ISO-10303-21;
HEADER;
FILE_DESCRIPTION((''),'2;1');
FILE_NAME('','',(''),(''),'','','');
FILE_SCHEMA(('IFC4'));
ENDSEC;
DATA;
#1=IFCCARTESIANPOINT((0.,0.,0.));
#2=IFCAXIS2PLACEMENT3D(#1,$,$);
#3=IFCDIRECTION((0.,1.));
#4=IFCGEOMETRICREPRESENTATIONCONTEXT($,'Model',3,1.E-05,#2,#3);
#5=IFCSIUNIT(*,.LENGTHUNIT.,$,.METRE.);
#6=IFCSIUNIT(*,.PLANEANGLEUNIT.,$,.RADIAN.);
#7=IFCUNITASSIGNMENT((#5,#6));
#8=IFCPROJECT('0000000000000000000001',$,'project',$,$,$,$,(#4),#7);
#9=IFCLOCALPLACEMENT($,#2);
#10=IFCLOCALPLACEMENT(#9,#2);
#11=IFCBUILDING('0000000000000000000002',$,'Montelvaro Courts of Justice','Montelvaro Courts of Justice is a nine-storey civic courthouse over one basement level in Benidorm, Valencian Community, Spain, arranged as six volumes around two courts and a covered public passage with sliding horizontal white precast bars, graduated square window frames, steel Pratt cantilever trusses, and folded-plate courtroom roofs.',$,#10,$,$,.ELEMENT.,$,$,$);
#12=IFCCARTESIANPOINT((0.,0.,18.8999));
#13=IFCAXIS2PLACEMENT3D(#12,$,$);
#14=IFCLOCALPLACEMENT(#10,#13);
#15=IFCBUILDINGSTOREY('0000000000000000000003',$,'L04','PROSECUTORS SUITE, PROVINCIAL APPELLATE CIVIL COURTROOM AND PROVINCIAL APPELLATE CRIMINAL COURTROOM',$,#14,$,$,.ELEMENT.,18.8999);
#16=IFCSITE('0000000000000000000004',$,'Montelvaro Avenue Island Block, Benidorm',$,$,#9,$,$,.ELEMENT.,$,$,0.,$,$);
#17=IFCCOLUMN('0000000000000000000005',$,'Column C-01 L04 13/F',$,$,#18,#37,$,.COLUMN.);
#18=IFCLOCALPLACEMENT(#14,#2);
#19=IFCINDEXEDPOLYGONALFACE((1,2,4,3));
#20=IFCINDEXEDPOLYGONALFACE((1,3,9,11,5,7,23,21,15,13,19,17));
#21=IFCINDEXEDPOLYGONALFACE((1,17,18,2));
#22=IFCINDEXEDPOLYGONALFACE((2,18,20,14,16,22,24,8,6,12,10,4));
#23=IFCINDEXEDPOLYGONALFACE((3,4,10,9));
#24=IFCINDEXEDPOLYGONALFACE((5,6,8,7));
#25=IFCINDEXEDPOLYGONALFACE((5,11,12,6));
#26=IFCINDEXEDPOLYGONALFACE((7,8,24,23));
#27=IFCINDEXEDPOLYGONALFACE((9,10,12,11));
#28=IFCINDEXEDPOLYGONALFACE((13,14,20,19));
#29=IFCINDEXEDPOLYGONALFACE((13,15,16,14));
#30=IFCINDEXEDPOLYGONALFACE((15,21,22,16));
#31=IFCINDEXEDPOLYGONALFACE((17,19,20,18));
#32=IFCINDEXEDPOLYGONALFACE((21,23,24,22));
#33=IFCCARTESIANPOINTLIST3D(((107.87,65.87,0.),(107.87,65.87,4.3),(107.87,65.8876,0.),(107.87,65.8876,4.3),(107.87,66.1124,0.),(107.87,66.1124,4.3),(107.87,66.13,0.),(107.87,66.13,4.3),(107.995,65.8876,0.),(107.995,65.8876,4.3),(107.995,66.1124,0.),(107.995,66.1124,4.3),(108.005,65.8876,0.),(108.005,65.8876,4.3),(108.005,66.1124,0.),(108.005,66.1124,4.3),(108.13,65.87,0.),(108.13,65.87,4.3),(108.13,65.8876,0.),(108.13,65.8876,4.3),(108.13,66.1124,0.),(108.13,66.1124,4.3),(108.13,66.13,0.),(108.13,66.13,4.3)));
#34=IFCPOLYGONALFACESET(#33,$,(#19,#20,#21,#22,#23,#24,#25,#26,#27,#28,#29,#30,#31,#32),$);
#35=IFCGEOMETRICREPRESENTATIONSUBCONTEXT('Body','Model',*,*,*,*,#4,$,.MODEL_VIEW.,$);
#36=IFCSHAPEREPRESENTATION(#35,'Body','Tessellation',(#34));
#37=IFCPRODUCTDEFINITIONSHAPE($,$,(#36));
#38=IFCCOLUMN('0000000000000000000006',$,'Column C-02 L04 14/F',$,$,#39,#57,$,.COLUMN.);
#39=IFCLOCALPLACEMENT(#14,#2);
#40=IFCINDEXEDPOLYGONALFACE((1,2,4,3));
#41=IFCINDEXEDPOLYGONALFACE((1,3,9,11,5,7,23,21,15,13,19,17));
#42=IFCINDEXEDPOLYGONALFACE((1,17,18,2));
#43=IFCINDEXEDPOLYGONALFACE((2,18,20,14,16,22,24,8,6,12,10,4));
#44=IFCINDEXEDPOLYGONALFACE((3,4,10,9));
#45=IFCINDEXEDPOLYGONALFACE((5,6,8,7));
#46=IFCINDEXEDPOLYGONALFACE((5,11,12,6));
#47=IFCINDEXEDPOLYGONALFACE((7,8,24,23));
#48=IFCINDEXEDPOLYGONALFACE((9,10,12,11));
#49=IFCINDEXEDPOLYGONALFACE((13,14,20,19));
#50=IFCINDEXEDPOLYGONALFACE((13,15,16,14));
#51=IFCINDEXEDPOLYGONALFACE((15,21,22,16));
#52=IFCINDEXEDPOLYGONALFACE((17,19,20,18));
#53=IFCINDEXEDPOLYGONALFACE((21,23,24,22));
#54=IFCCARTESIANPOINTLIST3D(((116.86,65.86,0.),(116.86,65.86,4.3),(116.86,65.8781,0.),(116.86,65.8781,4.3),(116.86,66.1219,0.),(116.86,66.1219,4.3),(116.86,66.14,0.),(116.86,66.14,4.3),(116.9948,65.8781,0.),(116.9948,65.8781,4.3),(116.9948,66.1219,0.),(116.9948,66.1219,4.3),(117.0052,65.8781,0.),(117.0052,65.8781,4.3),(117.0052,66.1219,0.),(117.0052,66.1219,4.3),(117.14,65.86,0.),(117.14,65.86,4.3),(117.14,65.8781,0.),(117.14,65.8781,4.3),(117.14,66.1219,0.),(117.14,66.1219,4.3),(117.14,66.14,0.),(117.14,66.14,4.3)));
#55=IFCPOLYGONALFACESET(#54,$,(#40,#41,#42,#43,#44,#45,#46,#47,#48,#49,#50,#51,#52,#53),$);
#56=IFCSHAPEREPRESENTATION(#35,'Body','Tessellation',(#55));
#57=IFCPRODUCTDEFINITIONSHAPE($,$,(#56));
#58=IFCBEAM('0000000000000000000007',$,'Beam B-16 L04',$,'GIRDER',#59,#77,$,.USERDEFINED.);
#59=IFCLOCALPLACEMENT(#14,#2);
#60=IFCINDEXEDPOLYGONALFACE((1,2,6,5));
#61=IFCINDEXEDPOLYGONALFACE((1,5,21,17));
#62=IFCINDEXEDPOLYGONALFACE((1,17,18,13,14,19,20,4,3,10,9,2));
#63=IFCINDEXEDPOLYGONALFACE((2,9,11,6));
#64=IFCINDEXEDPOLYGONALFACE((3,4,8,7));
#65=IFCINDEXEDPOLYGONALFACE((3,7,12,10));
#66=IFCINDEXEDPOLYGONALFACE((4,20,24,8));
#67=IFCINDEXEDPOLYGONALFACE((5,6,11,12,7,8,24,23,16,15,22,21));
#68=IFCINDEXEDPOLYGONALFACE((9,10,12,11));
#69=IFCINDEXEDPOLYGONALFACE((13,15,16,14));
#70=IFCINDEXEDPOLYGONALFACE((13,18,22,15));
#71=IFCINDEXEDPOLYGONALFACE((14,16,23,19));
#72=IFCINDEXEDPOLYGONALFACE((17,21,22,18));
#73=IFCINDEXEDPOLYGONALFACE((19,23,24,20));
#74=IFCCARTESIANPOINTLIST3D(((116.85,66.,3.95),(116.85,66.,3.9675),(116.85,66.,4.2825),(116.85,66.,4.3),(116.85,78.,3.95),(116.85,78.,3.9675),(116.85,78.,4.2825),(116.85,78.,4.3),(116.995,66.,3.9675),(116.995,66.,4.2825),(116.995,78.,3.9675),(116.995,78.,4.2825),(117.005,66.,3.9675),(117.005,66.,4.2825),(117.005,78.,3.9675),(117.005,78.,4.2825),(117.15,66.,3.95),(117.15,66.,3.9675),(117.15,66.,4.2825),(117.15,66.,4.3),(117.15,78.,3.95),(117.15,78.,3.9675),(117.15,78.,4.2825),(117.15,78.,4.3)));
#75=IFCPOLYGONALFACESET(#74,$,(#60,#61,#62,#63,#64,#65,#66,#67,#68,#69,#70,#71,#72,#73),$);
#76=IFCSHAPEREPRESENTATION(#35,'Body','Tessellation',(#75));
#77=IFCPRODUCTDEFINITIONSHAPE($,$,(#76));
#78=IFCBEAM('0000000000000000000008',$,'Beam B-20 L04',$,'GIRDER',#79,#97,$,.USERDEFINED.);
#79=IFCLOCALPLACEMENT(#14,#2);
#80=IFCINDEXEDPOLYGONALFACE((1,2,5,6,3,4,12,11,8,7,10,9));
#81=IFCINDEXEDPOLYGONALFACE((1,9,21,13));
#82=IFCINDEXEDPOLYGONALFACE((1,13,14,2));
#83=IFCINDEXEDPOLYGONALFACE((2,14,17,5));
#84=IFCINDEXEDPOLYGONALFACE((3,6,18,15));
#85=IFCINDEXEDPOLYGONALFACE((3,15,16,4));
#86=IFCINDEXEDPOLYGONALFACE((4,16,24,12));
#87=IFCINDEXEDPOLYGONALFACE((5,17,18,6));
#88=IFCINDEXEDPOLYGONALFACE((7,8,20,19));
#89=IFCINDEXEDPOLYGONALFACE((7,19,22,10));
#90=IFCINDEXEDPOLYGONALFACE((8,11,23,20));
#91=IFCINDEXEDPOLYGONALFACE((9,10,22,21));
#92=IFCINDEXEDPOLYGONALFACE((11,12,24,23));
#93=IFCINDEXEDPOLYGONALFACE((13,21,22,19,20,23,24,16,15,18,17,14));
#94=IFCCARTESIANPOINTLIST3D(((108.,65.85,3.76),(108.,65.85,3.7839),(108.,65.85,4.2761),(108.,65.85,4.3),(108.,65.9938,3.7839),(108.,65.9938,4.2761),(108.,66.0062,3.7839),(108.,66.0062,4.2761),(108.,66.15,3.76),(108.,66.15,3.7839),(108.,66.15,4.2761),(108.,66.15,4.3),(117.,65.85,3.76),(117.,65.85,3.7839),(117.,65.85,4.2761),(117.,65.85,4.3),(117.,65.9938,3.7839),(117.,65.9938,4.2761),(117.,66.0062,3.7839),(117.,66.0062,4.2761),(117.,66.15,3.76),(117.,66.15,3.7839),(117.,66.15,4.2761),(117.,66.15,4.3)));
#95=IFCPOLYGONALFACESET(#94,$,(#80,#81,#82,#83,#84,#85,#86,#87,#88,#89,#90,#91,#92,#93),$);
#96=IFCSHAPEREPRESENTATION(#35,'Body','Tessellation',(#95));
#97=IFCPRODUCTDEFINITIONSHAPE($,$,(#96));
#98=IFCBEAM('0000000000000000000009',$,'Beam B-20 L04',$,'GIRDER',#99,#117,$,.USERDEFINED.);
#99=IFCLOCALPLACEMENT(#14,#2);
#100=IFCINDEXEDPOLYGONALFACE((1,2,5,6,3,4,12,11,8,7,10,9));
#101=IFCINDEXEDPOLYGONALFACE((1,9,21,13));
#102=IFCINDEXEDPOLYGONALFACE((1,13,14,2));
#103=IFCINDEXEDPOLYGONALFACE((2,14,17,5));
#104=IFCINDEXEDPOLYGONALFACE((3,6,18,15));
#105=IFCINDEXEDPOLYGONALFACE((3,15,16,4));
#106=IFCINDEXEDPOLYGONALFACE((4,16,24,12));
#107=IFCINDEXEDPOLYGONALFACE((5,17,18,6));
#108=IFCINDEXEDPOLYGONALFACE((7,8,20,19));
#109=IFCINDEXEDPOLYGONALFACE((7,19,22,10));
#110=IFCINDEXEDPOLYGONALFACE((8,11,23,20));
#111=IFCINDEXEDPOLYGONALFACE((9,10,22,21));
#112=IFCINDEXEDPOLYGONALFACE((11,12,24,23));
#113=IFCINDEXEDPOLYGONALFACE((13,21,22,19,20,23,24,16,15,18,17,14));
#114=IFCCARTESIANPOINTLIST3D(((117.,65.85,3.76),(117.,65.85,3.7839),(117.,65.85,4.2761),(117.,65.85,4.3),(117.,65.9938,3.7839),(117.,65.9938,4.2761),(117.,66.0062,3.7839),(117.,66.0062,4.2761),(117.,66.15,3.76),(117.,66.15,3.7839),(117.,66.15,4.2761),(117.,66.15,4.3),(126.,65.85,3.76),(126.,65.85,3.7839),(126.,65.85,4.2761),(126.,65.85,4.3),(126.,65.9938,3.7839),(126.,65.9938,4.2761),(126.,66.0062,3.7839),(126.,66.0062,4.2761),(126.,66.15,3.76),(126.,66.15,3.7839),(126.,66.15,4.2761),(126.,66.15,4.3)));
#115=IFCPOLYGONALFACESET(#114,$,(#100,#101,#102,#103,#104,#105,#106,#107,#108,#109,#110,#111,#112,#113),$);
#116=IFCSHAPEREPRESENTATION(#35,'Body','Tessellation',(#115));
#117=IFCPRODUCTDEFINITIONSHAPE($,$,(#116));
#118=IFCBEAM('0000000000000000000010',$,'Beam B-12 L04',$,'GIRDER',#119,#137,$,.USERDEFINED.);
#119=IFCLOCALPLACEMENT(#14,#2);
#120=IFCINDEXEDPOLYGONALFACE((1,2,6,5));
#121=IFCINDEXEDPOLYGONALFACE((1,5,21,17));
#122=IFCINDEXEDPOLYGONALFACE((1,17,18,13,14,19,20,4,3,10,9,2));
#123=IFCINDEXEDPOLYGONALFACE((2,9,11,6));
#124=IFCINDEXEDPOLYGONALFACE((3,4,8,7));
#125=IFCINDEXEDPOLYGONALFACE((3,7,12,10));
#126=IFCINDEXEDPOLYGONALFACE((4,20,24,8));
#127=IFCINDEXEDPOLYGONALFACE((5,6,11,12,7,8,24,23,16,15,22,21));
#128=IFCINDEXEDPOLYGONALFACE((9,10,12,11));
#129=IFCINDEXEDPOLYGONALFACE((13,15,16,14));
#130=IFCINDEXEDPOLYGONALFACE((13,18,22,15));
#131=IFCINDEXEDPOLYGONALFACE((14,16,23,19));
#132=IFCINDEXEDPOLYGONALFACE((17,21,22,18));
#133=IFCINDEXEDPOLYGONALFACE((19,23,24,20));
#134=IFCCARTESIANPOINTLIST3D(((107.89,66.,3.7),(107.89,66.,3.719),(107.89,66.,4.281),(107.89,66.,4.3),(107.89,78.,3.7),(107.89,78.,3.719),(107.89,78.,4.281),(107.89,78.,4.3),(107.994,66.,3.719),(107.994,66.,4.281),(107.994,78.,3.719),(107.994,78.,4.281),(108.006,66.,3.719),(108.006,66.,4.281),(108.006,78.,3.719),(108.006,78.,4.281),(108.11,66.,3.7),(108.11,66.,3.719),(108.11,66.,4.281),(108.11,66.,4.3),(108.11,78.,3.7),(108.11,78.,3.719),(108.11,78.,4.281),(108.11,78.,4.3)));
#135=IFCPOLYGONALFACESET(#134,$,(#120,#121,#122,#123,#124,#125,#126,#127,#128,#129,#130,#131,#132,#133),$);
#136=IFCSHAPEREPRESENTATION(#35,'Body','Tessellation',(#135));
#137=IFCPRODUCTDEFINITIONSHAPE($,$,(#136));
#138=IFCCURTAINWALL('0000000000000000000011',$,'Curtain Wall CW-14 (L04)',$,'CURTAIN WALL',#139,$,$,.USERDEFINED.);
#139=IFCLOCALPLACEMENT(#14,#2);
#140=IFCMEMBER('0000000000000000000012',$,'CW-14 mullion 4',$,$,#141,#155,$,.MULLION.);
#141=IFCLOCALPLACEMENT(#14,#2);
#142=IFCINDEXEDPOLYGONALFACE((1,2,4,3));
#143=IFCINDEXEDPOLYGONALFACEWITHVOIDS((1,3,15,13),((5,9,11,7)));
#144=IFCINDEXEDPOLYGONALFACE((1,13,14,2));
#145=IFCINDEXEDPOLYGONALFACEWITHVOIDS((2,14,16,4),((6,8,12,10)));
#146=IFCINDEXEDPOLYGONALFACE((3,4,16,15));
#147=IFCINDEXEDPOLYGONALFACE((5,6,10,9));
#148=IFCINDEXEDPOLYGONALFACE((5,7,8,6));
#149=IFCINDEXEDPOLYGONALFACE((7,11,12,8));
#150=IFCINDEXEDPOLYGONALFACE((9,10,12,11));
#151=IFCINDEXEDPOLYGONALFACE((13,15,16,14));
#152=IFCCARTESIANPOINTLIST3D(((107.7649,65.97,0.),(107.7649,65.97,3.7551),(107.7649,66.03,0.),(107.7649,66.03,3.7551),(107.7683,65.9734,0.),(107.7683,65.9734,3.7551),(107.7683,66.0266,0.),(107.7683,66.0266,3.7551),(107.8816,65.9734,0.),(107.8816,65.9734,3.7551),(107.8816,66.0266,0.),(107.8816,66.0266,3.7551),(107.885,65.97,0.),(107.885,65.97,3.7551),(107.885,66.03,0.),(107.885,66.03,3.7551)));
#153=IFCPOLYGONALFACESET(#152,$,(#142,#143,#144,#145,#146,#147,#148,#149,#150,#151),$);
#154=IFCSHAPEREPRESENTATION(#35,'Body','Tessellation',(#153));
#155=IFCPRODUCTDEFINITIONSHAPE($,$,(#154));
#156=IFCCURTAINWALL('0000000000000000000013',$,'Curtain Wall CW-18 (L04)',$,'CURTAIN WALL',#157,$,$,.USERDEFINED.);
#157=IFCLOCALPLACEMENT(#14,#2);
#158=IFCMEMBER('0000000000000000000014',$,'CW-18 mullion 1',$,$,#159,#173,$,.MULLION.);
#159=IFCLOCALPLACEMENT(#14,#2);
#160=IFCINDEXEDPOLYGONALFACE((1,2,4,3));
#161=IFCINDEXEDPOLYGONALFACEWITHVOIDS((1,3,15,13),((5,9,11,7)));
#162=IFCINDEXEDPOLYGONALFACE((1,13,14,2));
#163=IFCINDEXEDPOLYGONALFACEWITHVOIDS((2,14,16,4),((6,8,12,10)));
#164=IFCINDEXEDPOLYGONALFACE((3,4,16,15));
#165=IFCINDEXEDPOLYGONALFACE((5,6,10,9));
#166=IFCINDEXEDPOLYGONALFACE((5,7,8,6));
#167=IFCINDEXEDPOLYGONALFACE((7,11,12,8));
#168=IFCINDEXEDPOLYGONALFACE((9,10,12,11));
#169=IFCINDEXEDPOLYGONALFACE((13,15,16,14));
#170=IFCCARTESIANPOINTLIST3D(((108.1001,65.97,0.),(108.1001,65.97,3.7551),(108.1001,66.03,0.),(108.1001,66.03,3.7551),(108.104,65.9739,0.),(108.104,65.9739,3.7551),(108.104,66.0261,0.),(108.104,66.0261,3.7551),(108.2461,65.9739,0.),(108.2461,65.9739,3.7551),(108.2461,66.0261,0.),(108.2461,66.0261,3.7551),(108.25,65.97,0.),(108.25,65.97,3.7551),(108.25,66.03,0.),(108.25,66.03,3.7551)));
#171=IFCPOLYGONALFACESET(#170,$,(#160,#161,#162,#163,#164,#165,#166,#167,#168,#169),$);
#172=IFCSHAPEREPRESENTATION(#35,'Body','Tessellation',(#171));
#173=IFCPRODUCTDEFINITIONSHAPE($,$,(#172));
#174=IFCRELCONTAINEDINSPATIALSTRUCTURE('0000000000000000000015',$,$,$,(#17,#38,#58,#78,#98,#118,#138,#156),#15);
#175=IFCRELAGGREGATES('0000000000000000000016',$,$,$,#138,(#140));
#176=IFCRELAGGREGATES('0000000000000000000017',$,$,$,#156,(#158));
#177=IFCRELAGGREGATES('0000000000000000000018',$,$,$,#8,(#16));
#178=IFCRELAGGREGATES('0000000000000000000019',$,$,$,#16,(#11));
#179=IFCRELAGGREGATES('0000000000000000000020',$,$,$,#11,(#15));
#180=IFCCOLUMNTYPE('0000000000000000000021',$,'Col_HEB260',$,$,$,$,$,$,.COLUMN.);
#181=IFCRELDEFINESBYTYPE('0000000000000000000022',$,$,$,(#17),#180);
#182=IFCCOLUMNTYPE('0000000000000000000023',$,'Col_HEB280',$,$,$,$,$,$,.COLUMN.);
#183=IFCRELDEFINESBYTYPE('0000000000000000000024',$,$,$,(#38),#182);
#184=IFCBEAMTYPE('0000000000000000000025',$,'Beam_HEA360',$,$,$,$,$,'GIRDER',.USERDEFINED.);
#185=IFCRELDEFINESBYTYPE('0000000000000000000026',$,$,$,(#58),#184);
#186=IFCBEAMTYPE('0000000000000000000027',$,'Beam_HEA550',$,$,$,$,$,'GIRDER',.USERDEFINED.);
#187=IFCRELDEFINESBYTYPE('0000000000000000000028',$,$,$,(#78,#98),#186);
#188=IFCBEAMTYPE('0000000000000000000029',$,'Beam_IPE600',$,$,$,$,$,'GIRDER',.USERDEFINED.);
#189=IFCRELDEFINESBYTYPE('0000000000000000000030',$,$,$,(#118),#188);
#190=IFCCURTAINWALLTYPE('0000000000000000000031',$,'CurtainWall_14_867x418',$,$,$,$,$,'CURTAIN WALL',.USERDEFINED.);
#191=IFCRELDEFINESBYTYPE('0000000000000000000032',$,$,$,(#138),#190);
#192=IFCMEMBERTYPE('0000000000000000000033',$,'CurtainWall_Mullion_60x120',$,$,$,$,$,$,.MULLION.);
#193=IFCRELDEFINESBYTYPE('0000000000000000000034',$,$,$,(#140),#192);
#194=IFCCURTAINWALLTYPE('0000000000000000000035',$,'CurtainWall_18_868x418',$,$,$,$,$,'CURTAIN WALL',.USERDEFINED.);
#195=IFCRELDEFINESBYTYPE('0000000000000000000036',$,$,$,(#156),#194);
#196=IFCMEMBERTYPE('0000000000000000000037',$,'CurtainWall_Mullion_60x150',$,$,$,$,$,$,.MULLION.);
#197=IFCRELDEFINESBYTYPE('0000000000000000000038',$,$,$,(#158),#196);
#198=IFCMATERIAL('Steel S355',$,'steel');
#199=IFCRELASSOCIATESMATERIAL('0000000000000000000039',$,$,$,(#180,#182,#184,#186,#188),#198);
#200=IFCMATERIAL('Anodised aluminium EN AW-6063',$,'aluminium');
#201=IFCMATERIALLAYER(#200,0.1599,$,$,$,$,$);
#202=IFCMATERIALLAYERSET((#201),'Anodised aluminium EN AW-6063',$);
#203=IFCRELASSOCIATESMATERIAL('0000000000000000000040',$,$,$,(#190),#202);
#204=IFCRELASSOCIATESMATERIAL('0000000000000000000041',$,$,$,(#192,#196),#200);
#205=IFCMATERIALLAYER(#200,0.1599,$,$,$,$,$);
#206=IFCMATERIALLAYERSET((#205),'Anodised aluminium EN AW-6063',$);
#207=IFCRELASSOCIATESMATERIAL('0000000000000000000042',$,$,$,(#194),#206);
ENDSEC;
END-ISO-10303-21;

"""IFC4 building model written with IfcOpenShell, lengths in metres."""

from ifc_helpers import new_model, si_unit, direction, frame, origin, origin_2d, place, context, subcontext, project, spatial, hollow_rectangle, i_section, extrude, material, layer, layer_set, material_profile, profile_set, type_object, element, aggregate, save


model = new_model("IFC4")

# Units and contexts
model_context = context("Model", 3, precision=1e-05, world=origin(), true_north=direction((0.0, 1.0)))
body_context = subcontext(model_context, "Body", "Model", "MODEL_VIEW")
ifc_project = project(units=[si_unit("LENGTHUNIT", "METRE"), si_unit("PLANEANGLEUNIT", "RADIAN")], contexts=[model_context])

# Site, building, storey
site_placement = place(None, origin())
site = spatial("IfcSite", under=ifc_project, at=site_placement, Name="Montelvaro Avenue Island Block, Benidorm", CompositionType="ELEMENT", RefElevation=0.0)
building_placement = place(site_placement, origin())
building = spatial("IfcBuilding", under=site, at=building_placement, Name="Montelvaro Courts of Justice", Description="Montelvaro Courts of Justice is a nine-storey civic courthouse over one basement level in Benidorm, Valencian Community, Spain, arranged as six volumes around two courts and a covered public passage with sliding horizontal white precast bars, graduated square window frames, steel Pratt cantilever trusses, and folded-plate courtroom roofs.", CompositionType="ELEMENT")
storey_placement = place(building_placement, frame((0.0, 0.0, 18.8999)))
storey = spatial("IfcBuildingStorey", under=building, at=storey_placement, Name="L04", Description="PROSECUTORS SUITE, PROVINCIAL APPELLATE CIVIL COURTROOM AND PROVINCIAL APPELLATE CRIMINAL COURTROOM", CompositionType="ELEMENT", Elevation=18.8999)

# Columns
ifc_material_1 = material(Name="Steel S355", Category="steel")
ifc_material_profile_1 = material_profile(ifc_material_1, i_section(OverallWidth=0.26, OverallDepth=0.26, WebThickness=0.01, FlangeThickness=0.0176, at=origin_2d()), Name="HEB 260")
ifc_profile_set_1 = profile_set([ifc_material_profile_1], Name="Steel S355")
column_type_1 = type_object("IfcColumnType", Name="Col_HEB260", PredefinedType="COLUMN", material=ifc_profile_set_1)
column_1_placement = place(storey_placement, frame((108.0, 66.0, 0.0), z_axis=(0.0, 0.0, 1.0), x_axis=(1.0, 0.0, 0.0)))
element("IfcColumn", 1, at=column_1_placement, inside=storey, type_object=column_type_1, Name="Column C-01 L04 13/F", PredefinedType="COLUMN", context=body_context, shape_type="SweptSolid", body=[
    extrude(i_section(OverallWidth=0.26, OverallDepth=0.26, WebThickness=0.01, FlangeThickness=0.0176, at=origin_2d()), origin(), (0.0, 0.0, 1.0), 4.3),
])
ifc_material_profile_2 = material_profile(ifc_material_1, i_section(OverallWidth=0.28, OverallDepth=0.28, WebThickness=0.0105, FlangeThickness=0.0181, at=origin_2d()), Name="HEB 280")
ifc_profile_set_2 = profile_set([ifc_material_profile_2], Name="Steel S355")
column_type_2 = type_object("IfcColumnType", Name="Col_HEB280", PredefinedType="COLUMN", material=ifc_profile_set_2)
column_2_placement = place(storey_placement, frame((117.0, 66.0, 0.0), z_axis=(0.0, 0.0, 1.0), x_axis=(1.0, 0.0, 0.0)))
element("IfcColumn", 2, at=column_2_placement, inside=storey, type_object=column_type_2, Name="Column C-02 L04 14/F", PredefinedType="COLUMN", context=body_context, shape_type="SweptSolid", body=[
    extrude(i_section(OverallWidth=0.28, OverallDepth=0.28, WebThickness=0.0105, FlangeThickness=0.0181, at=origin_2d()), origin(), (0.0, 0.0, 1.0), 4.3),
])

# Beams
ifc_material_profile_3 = material_profile(ifc_material_1, i_section(OverallWidth=0.3, OverallDepth=0.3501, WebThickness=0.01, FlangeThickness=0.0176, at=origin_2d()), Name="HEA 360")
ifc_profile_set_3 = profile_set([ifc_material_profile_3], Name="Steel S355")
beam_type_1 = type_object("IfcBeamType", Name="Beam_HEA360", ElementType="GIRDER", PredefinedType="USERDEFINED", material=ifc_profile_set_3)
beam_1_placement = place(storey_placement, frame((117.0, 66.0, 4.125), z_axis=(0.0, 1.0, 0.0), x_axis=(-1.0, 0.0, 0.0)))
element("IfcBeam", 3, at=beam_1_placement, inside=storey, type_object=beam_type_1, Name="Beam B-16 L04", ObjectType="GIRDER", PredefinedType="USERDEFINED", context=body_context, shape_type="SweptSolid", body=[
    extrude(i_section(OverallWidth=0.3, OverallDepth=0.3501, WebThickness=0.01, FlangeThickness=0.0176, at=origin_2d()), origin(), (0.0, 0.0, 1.0), 12.0),
])
ifc_material_profile_4 = material_profile(ifc_material_1, i_section(OverallWidth=0.3, OverallDepth=0.54, WebThickness=0.0125, FlangeThickness=0.0239, at=origin_2d()), Name="HEA 550")
ifc_profile_set_4 = profile_set([ifc_material_profile_4], Name="Steel S355")
beam_type_2 = type_object("IfcBeamType", Name="Beam_HEA550", ElementType="GIRDER", PredefinedType="USERDEFINED", material=ifc_profile_set_4)
for number, where, z_axis, x_axis, name in (
    (4, (108.0, 66.0, 4.03), (1.0, 0.0, 0.0), (0.0, 1.0, 0.0), "Beam B-20 L04"),
    (5, (117.0, 66.0, 4.03), (1.0, 0.0, 0.0), (0.0, 1.0, 0.0), "Beam B-20 L04"),
):
    element("IfcBeam", number, at=place(storey_placement, frame(where, z_axis=z_axis, x_axis=x_axis)), inside=storey, type_object=beam_type_2, Name=name, ObjectType="GIRDER", PredefinedType="USERDEFINED", context=body_context, shape_type="SweptSolid", body=[
        extrude(i_section(OverallWidth=0.3, OverallDepth=0.54, WebThickness=0.0125, FlangeThickness=0.0239, at=origin_2d()), origin(), (0.0, 0.0, 1.0), 9.0),
    ])
ifc_material_profile_5 = material_profile(ifc_material_1, i_section(OverallWidth=0.22, OverallDepth=0.6001, WebThickness=0.012, FlangeThickness=0.019, at=origin_2d()), Name="IPE 600")
ifc_profile_set_5 = profile_set([ifc_material_profile_5], Name="Steel S355")
beam_type_3 = type_object("IfcBeamType", Name="Beam_IPE600", ElementType="GIRDER", PredefinedType="USERDEFINED", material=ifc_profile_set_5)
beam_2_placement = place(storey_placement, frame((108.0, 66.0, 4.0), z_axis=(0.0, 1.0, 0.0), x_axis=(-1.0, 0.0, 0.0)))
element("IfcBeam", 6, at=beam_2_placement, inside=storey, type_object=beam_type_3, Name="Beam B-12 L04", ObjectType="GIRDER", PredefinedType="USERDEFINED", context=body_context, shape_type="SweptSolid", body=[
    extrude(i_section(OverallWidth=0.22, OverallDepth=0.6001, WebThickness=0.012, FlangeThickness=0.019, at=origin_2d()), origin(), (0.0, 0.0, 1.0), 12.0),
])

# Curtain wall, member
ifc_material_2 = material(Name="Anodised aluminium EN AW-6063", Category="aluminium")
ifc_layer_1 = layer(ifc_material_2, 0.1599)
ifc_layer_set_1 = layer_set([ifc_layer_1], Name="Anodised aluminium EN AW-6063")
curtain_wall_type_1 = type_object("IfcCurtainWallType", Name="CurtainWall_14_867x418", ElementType="CURTAIN WALL", PredefinedType="USERDEFINED", material=ifc_layer_set_1)
curtain_wall_1_placement = place(storey_placement, origin())
curtain_wall_1 = element("IfcCurtainWall", 7, at=curtain_wall_1_placement, inside=storey, type_object=curtain_wall_type_1, Name="Curtain Wall CW-14 (L04)", ObjectType="CURTAIN WALL", PredefinedType="USERDEFINED")
ifc_material_profile_6 = material_profile(ifc_material_2, hollow_rectangle(XDim=0.0601, YDim=0.1201, WallThickness=0.0034, at=origin_2d()), Name="ALU-M 60x120")
ifc_profile_set_6 = profile_set([ifc_material_profile_6], Name="Anodised aluminium EN AW-6063")
member_type_1 = type_object("IfcMemberType", Name="CurtainWall_Mullion_60x120", PredefinedType="MULLION", material=ifc_profile_set_6)
member_1_placement = place(storey_placement, frame((107.825, 66.0, 0.0), z_axis=(0.0, 0.0, 1.0), x_axis=(0.0, 1.0, 0.0)))
member_1 = element("IfcMember", 8, at=member_1_placement, type_object=member_type_1, Name="CW-14 mullion 4", PredefinedType="MULLION", context=body_context, shape_type="SweptSolid", body=[
    extrude(hollow_rectangle(XDim=0.0601, YDim=0.1201, WallThickness=0.0034, at=origin_2d()), origin(), (0.0, 0.0, 1.0), 3.7551),
])

# Curtain wall, member
ifc_layer_2 = layer(ifc_material_2, 0.1599)
ifc_layer_set_2 = layer_set([ifc_layer_2], Name="Anodised aluminium EN AW-6063")
curtain_wall_type_2 = type_object("IfcCurtainWallType", Name="CurtainWall_18_868x418", ElementType="CURTAIN WALL", PredefinedType="USERDEFINED", material=ifc_layer_set_2)
curtain_wall_2_placement = place(storey_placement, origin())
curtain_wall_2 = element("IfcCurtainWall", 9, at=curtain_wall_2_placement, inside=storey, type_object=curtain_wall_type_2, Name="Curtain Wall CW-18 (L04)", ObjectType="CURTAIN WALL", PredefinedType="USERDEFINED")
ifc_material_profile_7 = material_profile(ifc_material_2, hollow_rectangle(XDim=0.0601, YDim=0.1499, WallThickness=0.0039, at=origin_2d()), Name="ALU-M 60x150")
ifc_profile_set_7 = profile_set([ifc_material_profile_7], Name="Anodised aluminium EN AW-6063")
member_type_2 = type_object("IfcMemberType", Name="CurtainWall_Mullion_60x150", PredefinedType="MULLION", material=ifc_profile_set_7)
member_2_placement = place(storey_placement, frame((108.175, 66.0, 0.0), z_axis=(0.0, 0.0, 1.0), x_axis=(0.0, 1.0, 0.0)))
member_2 = element("IfcMember", 10, at=member_2_placement, type_object=member_type_2, Name="CW-18 mullion 1", PredefinedType="MULLION", context=body_context, shape_type="SweptSolid", body=[
    extrude(hollow_rectangle(XDim=0.0601, YDim=0.1499, WallThickness=0.0039, at=origin_2d()), origin(), (0.0, 0.0, 1.0), 3.7551),
])

aggregate(curtain_wall_1, [member_1])
aggregate(curtain_wall_2, [member_2])

save(model, "model.ifc")
